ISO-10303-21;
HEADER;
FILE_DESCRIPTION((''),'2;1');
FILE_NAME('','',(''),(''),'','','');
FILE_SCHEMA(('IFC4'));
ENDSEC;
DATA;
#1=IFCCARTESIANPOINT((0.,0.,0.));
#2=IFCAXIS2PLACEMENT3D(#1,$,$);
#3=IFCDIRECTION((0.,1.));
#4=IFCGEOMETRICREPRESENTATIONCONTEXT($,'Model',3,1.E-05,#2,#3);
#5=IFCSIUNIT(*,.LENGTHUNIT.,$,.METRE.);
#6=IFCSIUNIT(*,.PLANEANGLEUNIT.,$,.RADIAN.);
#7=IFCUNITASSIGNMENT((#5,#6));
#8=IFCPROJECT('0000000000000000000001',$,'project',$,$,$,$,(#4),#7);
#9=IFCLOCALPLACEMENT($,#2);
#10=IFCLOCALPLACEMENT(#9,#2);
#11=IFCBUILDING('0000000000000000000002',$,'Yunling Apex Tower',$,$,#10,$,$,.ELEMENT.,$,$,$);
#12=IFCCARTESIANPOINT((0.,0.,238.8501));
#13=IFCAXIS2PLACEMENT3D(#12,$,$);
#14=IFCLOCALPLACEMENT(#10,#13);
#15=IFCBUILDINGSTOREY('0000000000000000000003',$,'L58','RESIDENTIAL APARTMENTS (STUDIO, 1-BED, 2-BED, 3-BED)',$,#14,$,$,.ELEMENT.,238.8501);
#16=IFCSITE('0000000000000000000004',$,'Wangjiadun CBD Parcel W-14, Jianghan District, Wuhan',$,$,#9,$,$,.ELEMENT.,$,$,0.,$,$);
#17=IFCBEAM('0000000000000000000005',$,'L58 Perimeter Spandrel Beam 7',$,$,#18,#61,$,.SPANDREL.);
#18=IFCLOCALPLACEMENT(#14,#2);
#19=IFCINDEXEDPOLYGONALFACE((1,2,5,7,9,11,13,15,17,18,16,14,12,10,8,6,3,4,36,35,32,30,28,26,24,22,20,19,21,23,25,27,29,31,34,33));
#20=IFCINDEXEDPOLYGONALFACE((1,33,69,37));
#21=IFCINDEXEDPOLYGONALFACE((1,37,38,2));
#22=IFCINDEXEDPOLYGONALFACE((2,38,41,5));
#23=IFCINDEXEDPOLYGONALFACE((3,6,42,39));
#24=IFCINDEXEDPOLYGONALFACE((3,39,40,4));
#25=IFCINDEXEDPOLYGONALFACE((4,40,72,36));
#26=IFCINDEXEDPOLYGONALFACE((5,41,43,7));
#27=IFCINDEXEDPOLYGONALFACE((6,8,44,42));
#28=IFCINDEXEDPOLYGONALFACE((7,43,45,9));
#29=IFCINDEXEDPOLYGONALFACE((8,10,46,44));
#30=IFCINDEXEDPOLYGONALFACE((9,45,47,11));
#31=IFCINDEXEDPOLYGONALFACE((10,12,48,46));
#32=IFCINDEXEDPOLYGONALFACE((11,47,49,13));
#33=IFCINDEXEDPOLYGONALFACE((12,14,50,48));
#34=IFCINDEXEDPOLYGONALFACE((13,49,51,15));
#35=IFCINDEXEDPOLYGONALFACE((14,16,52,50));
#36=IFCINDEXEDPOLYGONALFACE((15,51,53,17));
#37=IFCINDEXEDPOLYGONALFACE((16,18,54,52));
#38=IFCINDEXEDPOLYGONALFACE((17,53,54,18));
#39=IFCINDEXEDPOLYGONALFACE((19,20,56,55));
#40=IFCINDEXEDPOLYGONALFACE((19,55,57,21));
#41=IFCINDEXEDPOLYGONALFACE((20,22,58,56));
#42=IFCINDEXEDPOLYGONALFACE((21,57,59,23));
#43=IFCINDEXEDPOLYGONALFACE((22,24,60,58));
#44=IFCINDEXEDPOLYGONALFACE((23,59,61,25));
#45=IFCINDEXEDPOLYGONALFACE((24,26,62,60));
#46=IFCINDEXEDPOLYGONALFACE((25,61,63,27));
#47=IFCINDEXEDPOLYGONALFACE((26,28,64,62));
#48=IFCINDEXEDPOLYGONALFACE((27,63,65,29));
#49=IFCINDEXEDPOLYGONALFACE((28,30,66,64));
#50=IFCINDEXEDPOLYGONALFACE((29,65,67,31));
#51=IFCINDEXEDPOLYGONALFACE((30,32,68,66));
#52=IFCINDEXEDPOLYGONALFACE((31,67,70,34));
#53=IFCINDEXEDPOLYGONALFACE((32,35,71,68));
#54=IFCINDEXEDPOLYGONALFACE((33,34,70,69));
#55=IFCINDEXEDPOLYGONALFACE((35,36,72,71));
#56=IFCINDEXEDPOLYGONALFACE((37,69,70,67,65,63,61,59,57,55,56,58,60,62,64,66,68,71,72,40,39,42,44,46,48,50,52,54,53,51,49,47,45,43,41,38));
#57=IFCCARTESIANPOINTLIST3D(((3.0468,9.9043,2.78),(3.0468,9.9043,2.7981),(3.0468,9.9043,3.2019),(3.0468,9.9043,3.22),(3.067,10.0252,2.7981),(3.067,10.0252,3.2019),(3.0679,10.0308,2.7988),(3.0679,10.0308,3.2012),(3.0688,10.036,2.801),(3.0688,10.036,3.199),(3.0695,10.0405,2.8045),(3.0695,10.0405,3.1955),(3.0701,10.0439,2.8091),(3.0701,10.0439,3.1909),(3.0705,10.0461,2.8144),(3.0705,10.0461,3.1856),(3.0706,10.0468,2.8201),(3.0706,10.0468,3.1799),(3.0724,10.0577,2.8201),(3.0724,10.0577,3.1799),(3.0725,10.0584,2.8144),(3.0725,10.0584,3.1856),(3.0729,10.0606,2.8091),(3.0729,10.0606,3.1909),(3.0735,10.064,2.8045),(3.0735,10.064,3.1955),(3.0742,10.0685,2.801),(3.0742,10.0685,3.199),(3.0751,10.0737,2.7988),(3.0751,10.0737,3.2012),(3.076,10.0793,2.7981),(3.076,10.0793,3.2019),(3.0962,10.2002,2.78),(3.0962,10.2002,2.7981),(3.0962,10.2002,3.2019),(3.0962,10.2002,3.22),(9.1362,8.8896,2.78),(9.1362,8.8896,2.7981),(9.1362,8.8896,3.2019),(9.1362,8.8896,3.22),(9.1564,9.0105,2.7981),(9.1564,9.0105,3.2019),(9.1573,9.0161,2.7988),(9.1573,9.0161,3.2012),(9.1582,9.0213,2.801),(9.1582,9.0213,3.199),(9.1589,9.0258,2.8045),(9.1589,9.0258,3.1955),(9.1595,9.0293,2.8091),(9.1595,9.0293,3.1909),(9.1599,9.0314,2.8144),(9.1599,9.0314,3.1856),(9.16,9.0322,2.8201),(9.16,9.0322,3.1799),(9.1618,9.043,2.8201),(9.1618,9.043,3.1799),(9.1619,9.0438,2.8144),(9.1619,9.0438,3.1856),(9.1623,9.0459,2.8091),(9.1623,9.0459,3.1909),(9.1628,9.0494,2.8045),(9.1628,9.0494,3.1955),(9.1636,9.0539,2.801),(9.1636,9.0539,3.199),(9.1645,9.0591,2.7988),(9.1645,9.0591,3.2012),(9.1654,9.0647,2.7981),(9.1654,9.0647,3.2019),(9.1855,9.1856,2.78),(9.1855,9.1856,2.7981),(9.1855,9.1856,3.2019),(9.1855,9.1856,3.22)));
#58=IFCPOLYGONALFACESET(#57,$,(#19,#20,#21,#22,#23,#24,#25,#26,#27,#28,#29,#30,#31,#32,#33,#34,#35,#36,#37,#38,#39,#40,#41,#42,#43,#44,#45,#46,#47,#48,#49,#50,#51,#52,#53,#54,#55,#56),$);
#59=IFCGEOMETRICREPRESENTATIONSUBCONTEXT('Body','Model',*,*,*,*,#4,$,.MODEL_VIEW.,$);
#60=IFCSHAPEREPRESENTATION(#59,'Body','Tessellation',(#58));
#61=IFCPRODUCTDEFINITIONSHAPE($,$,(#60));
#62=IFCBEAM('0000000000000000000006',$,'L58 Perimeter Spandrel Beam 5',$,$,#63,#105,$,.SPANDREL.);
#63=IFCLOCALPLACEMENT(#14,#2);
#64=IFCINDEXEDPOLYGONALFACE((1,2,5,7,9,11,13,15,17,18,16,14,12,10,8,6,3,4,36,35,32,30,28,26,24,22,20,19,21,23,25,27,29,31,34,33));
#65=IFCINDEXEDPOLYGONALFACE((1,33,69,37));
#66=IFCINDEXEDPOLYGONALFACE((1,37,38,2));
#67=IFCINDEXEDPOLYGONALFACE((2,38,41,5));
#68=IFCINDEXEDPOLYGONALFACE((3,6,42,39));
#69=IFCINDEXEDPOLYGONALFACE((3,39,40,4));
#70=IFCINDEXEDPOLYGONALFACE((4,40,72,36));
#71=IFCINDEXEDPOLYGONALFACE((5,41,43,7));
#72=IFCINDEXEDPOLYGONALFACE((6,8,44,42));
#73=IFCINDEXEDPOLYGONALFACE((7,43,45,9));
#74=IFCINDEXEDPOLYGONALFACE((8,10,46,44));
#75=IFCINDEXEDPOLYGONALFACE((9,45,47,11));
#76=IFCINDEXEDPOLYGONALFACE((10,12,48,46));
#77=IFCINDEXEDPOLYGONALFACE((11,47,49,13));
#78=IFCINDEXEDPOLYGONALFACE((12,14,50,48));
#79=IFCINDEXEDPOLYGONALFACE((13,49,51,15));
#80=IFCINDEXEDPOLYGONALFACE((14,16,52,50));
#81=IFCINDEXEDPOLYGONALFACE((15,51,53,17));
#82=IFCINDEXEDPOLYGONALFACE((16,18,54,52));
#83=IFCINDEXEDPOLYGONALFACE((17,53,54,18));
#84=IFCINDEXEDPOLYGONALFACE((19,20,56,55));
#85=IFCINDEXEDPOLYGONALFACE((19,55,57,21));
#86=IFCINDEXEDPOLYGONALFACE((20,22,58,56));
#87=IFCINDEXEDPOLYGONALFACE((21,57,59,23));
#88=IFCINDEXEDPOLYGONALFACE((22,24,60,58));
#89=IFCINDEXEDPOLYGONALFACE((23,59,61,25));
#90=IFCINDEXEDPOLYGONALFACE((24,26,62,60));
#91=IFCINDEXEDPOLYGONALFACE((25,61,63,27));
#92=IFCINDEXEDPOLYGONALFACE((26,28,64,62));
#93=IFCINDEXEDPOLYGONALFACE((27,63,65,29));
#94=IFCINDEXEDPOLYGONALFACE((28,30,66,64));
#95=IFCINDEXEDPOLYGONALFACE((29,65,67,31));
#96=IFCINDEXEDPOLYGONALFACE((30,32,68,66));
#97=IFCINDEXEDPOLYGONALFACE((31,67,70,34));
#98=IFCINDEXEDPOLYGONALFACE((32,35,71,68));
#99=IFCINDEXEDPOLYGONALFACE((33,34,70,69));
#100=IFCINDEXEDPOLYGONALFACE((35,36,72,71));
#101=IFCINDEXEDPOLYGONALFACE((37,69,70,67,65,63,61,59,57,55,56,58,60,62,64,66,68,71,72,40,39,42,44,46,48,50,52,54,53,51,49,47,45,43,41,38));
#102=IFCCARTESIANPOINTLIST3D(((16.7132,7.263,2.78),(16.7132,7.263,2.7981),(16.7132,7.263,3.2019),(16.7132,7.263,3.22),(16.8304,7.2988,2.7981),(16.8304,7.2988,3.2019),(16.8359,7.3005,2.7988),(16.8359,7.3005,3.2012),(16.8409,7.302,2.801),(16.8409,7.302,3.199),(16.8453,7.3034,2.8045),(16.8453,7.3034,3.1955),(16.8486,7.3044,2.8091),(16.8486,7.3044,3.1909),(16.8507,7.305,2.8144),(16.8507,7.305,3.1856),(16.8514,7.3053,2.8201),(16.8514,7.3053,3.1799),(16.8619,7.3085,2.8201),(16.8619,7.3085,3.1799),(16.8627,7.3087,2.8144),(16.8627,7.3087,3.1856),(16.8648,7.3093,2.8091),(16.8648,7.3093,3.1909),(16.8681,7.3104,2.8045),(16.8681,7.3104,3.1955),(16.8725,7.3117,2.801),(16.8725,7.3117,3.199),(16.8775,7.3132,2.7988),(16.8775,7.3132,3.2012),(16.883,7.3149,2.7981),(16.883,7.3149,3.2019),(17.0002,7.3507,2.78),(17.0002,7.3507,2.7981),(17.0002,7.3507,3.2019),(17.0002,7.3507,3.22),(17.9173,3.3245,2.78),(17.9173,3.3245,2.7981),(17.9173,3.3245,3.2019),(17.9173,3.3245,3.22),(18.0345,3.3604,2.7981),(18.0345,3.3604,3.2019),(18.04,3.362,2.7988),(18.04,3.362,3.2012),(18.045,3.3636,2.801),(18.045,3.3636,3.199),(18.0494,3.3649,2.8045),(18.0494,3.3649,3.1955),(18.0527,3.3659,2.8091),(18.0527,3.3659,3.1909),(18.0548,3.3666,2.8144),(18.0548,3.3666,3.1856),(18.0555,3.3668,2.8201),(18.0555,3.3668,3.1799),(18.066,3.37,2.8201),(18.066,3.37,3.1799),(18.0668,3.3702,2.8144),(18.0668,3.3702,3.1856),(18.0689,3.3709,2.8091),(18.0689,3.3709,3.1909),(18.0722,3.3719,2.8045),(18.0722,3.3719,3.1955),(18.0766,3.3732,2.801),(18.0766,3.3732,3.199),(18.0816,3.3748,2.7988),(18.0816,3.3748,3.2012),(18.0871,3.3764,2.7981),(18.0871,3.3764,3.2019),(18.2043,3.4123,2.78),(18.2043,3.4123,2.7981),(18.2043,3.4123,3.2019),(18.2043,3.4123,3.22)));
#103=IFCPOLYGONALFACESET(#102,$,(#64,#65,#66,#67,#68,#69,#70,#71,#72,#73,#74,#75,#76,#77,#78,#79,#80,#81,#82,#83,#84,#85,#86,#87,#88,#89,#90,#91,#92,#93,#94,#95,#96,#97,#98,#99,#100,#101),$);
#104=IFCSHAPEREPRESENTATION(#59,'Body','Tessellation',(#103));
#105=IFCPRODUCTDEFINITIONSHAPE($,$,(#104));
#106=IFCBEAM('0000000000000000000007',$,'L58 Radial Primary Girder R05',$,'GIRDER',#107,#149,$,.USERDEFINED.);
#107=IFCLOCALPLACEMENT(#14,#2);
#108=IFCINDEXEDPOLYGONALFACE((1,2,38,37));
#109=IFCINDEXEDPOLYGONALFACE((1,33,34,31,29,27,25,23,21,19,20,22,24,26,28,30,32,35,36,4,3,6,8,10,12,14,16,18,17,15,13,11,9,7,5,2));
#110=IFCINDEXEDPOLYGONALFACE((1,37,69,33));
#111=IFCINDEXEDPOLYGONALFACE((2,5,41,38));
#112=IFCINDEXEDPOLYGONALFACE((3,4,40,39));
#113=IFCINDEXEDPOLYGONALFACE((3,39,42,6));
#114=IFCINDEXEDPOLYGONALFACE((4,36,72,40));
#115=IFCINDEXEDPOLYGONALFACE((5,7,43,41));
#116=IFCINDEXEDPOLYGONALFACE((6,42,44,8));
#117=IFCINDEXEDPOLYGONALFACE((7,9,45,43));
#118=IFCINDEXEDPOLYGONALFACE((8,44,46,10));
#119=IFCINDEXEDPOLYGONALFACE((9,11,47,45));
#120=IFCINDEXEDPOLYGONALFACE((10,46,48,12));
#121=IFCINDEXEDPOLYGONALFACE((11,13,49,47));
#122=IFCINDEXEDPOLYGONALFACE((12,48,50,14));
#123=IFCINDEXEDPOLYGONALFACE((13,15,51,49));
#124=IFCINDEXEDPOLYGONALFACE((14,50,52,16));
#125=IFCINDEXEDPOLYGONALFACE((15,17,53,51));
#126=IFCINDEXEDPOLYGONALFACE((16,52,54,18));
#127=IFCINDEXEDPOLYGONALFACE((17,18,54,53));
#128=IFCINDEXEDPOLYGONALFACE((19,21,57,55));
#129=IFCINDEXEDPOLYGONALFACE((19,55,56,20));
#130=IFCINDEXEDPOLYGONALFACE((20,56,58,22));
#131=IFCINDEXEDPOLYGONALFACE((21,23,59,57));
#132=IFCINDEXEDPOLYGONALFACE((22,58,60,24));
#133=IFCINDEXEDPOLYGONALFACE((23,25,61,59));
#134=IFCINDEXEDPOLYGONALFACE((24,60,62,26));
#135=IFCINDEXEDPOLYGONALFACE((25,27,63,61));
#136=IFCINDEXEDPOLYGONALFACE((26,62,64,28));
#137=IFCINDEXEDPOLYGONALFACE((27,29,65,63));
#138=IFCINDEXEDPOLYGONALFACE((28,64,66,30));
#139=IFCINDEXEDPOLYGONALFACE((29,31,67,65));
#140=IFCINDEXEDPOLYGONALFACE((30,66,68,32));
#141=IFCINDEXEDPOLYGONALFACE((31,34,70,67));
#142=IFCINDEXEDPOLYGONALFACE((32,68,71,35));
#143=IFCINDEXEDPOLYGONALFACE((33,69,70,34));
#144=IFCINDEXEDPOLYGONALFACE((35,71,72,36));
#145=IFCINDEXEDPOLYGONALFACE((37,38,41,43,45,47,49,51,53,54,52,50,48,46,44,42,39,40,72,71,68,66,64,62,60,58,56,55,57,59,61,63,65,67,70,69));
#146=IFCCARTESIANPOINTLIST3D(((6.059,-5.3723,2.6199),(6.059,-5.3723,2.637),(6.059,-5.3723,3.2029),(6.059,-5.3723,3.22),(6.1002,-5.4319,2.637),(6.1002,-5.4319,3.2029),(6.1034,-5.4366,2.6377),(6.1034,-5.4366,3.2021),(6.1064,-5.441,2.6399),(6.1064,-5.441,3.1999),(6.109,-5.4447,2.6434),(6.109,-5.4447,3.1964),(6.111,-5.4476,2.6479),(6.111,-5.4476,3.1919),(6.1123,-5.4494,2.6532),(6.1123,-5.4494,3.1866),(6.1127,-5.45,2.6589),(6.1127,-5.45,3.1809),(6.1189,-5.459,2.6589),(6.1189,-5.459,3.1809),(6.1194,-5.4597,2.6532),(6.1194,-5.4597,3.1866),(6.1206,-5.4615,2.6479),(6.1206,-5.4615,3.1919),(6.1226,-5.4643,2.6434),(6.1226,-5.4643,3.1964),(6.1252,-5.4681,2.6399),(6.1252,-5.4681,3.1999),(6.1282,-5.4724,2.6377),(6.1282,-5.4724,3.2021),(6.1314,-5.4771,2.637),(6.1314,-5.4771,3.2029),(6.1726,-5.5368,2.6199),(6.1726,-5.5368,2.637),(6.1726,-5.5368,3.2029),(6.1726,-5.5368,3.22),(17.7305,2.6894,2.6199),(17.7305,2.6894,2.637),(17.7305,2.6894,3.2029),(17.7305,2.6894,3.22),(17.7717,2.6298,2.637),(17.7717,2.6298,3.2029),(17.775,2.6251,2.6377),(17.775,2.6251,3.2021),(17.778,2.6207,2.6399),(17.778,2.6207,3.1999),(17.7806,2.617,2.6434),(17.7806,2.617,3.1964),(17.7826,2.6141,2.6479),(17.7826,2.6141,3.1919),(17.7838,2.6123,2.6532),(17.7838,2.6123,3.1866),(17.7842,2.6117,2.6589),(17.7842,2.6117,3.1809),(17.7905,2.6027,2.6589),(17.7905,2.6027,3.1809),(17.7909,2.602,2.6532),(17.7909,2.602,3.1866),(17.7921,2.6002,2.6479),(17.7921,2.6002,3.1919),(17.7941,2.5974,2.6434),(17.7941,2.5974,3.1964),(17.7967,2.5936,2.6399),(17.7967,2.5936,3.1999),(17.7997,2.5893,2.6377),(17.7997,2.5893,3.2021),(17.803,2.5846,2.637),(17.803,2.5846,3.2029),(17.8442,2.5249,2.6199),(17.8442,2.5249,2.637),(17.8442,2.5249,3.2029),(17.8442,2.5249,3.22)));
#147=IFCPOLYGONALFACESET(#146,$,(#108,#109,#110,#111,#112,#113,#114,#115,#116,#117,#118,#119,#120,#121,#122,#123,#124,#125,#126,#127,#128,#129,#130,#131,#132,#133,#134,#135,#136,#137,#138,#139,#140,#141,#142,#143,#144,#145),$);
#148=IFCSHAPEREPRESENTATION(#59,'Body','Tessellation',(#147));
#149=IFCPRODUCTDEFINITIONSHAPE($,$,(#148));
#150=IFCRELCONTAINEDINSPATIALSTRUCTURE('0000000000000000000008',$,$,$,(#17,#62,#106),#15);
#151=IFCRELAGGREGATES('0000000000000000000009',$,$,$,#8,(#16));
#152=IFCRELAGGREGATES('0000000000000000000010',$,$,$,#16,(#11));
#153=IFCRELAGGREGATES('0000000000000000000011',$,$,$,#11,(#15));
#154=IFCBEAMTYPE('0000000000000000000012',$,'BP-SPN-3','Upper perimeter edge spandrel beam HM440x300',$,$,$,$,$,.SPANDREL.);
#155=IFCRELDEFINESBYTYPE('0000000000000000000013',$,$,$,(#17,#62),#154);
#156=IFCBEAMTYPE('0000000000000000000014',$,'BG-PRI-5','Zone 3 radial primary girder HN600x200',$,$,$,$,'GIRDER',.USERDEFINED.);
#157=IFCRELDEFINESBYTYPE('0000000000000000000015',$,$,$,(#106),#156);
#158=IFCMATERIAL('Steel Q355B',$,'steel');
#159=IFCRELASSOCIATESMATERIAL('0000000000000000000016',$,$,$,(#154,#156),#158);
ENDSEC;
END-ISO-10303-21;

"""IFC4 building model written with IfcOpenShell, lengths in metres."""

from ifc_helpers import new_model, si_unit, direction, frame, origin, origin_2d, place, context, subcontext, project, spatial, i_section, extrude, source, transform, mapped, material, material_profile, profile_set, type_object, element, save


model = new_model("IFC4")

# Units and contexts
model_context = context("Model", 3, precision=1e-05, world=origin(), true_north=direction((0.0, 1.0)))
body_context = subcontext(model_context, "Body", "Model", "MODEL_VIEW")
ifc_project = project(units=[si_unit("LENGTHUNIT", "METRE"), si_unit("PLANEANGLEUNIT", "RADIAN")], contexts=[model_context])

# Site, building, storey
site_placement = place(None, origin())
site = spatial("IfcSite", under=ifc_project, at=site_placement, Name="Wangjiadun CBD Parcel W-14, Jianghan District, Wuhan", CompositionType="ELEMENT", RefElevation=0.0)
building_placement = place(site_placement, origin())
building = spatial("IfcBuilding", under=site, at=building_placement, Name="Yunling Apex Tower", CompositionType="ELEMENT")
storey_placement = place(building_placement, frame((0.0, 0.0, 238.8501)))
storey = spatial("IfcBuildingStorey", under=building, at=storey_placement, Name="L58", Description="RESIDENTIAL APARTMENTS (STUDIO, 1-BED, 2-BED, 3-BED)", CompositionType="ELEMENT", Elevation=238.8501)

# Beams
ifc_material_1 = material(Name="Steel Q355B", Category="steel")
ifc_material_profile_1 = material_profile(ifc_material_1, i_section(OverallWidth=0.3, OverallDepth=0.4399, WebThickness=0.011, FlangeThickness=0.0181, FilletRadius=0.022, at=origin_2d()))
ifc_profile_set_1 = profile_set([ifc_material_profile_1], Name="Steel Q355B")
beam_type_1 = type_object("IfcBeamType", Name="BP-SPN-3", Description="Upper perimeter edge spandrel beam HM440x300", PredefinedType="SPANDREL", material=ifc_profile_set_1)
shared_shape_1 = source(origin(), body_context, "Body", "SweptSolid", [
    extrude(i_section(OverallWidth=0.3, OverallDepth=0.4399, WebThickness=0.011, FlangeThickness=0.0181, FilletRadius=0.022, at=origin_2d()), origin(), (0.0, 0.0, 1.0), 6.1733),
])
for number, where, z_axis, x_axis, name in (
    (1, (9.1609, 9.0376, 3.0), (-0.9864, 0.164361, 0.0), (-0.164361, -0.9864, 0.0), "L58 Perimeter Spandrel Beam 7"),
):
    element("IfcBeam", number, at=place(storey_placement, frame(where, z_axis=z_axis, x_axis=x_axis)), inside=storey, type_object=beam_type_1, Name=name, PredefinedType="SPANDREL", context=body_context, shape_type="MappedRepresentation", body=[
        mapped(shared_shape_1, transform((0.0, 0.0, 0.0), scale=1.0)),
    ])
shared_shape_2 = source(origin(), body_context, "Body", "SweptSolid", [
    extrude(i_section(OverallWidth=0.3, OverallDepth=0.4399, WebThickness=0.011, FlangeThickness=0.0181, FilletRadius=0.022, at=origin_2d()), origin(), (0.0, 0.0, 1.0), 4.1184),
])
beam_1_placement = place(storey_placement, frame((18.0608, 3.3684, 3.0), z_axis=(-0.292369, 0.956306, 0.0), x_axis=(-0.956306, -0.292369, 0.0)))
element("IfcBeam", 2, at=beam_1_placement, inside=storey, type_object=beam_type_1, Name="L58 Perimeter Spandrel Beam 5", PredefinedType="SPANDREL", context=body_context, shape_type="MappedRepresentation", body=[
    mapped(shared_shape_2, transform((0.0, 0.0, 0.0), scale=1.0)),
])
ifc_material_profile_2 = material_profile(ifc_material_1, i_section(OverallWidth=0.2, OverallDepth=0.6001, WebThickness=0.011, FlangeThickness=0.0171, FilletRadius=0.022, at=origin_2d()))
ifc_profile_set_2 = profile_set([ifc_material_profile_2], Name="Steel Q355B")
beam_type_2 = type_object("IfcBeamType", Name="BG-PRI-5", Description="Zone 3 radial primary girder HN600x200", ElementType="GIRDER", PredefinedType="USERDEFINED", material=ifc_profile_set_2)
shared_shape_3 = source(origin(), body_context, "Body", "SweptSolid", [
    extrude(i_section(OverallWidth=0.2, OverallDepth=0.6001, WebThickness=0.011, FlangeThickness=0.0171, FilletRadius=0.022, at=origin_2d()), origin(), (0.0, 0.0, 1.0), 14.1851),
])
beam_2_placement = place(storey_placement, frame((17.7874, 2.6072, 2.9199), z_axis=(-0.822805, -0.568324, 0.0), x_axis=(0.568324, -0.822805, 0.0)))
element("IfcBeam", 3, at=beam_2_placement, inside=storey, type_object=beam_type_2, Name="L58 Radial Primary Girder R05", ObjectType="GIRDER", PredefinedType="USERDEFINED", context=body_context, shape_type="MappedRepresentation", body=[
    mapped(shared_shape_3, transform((0.0, 0.0, 0.0), scale=1.0)),
])

save(model, "model.ifc")
